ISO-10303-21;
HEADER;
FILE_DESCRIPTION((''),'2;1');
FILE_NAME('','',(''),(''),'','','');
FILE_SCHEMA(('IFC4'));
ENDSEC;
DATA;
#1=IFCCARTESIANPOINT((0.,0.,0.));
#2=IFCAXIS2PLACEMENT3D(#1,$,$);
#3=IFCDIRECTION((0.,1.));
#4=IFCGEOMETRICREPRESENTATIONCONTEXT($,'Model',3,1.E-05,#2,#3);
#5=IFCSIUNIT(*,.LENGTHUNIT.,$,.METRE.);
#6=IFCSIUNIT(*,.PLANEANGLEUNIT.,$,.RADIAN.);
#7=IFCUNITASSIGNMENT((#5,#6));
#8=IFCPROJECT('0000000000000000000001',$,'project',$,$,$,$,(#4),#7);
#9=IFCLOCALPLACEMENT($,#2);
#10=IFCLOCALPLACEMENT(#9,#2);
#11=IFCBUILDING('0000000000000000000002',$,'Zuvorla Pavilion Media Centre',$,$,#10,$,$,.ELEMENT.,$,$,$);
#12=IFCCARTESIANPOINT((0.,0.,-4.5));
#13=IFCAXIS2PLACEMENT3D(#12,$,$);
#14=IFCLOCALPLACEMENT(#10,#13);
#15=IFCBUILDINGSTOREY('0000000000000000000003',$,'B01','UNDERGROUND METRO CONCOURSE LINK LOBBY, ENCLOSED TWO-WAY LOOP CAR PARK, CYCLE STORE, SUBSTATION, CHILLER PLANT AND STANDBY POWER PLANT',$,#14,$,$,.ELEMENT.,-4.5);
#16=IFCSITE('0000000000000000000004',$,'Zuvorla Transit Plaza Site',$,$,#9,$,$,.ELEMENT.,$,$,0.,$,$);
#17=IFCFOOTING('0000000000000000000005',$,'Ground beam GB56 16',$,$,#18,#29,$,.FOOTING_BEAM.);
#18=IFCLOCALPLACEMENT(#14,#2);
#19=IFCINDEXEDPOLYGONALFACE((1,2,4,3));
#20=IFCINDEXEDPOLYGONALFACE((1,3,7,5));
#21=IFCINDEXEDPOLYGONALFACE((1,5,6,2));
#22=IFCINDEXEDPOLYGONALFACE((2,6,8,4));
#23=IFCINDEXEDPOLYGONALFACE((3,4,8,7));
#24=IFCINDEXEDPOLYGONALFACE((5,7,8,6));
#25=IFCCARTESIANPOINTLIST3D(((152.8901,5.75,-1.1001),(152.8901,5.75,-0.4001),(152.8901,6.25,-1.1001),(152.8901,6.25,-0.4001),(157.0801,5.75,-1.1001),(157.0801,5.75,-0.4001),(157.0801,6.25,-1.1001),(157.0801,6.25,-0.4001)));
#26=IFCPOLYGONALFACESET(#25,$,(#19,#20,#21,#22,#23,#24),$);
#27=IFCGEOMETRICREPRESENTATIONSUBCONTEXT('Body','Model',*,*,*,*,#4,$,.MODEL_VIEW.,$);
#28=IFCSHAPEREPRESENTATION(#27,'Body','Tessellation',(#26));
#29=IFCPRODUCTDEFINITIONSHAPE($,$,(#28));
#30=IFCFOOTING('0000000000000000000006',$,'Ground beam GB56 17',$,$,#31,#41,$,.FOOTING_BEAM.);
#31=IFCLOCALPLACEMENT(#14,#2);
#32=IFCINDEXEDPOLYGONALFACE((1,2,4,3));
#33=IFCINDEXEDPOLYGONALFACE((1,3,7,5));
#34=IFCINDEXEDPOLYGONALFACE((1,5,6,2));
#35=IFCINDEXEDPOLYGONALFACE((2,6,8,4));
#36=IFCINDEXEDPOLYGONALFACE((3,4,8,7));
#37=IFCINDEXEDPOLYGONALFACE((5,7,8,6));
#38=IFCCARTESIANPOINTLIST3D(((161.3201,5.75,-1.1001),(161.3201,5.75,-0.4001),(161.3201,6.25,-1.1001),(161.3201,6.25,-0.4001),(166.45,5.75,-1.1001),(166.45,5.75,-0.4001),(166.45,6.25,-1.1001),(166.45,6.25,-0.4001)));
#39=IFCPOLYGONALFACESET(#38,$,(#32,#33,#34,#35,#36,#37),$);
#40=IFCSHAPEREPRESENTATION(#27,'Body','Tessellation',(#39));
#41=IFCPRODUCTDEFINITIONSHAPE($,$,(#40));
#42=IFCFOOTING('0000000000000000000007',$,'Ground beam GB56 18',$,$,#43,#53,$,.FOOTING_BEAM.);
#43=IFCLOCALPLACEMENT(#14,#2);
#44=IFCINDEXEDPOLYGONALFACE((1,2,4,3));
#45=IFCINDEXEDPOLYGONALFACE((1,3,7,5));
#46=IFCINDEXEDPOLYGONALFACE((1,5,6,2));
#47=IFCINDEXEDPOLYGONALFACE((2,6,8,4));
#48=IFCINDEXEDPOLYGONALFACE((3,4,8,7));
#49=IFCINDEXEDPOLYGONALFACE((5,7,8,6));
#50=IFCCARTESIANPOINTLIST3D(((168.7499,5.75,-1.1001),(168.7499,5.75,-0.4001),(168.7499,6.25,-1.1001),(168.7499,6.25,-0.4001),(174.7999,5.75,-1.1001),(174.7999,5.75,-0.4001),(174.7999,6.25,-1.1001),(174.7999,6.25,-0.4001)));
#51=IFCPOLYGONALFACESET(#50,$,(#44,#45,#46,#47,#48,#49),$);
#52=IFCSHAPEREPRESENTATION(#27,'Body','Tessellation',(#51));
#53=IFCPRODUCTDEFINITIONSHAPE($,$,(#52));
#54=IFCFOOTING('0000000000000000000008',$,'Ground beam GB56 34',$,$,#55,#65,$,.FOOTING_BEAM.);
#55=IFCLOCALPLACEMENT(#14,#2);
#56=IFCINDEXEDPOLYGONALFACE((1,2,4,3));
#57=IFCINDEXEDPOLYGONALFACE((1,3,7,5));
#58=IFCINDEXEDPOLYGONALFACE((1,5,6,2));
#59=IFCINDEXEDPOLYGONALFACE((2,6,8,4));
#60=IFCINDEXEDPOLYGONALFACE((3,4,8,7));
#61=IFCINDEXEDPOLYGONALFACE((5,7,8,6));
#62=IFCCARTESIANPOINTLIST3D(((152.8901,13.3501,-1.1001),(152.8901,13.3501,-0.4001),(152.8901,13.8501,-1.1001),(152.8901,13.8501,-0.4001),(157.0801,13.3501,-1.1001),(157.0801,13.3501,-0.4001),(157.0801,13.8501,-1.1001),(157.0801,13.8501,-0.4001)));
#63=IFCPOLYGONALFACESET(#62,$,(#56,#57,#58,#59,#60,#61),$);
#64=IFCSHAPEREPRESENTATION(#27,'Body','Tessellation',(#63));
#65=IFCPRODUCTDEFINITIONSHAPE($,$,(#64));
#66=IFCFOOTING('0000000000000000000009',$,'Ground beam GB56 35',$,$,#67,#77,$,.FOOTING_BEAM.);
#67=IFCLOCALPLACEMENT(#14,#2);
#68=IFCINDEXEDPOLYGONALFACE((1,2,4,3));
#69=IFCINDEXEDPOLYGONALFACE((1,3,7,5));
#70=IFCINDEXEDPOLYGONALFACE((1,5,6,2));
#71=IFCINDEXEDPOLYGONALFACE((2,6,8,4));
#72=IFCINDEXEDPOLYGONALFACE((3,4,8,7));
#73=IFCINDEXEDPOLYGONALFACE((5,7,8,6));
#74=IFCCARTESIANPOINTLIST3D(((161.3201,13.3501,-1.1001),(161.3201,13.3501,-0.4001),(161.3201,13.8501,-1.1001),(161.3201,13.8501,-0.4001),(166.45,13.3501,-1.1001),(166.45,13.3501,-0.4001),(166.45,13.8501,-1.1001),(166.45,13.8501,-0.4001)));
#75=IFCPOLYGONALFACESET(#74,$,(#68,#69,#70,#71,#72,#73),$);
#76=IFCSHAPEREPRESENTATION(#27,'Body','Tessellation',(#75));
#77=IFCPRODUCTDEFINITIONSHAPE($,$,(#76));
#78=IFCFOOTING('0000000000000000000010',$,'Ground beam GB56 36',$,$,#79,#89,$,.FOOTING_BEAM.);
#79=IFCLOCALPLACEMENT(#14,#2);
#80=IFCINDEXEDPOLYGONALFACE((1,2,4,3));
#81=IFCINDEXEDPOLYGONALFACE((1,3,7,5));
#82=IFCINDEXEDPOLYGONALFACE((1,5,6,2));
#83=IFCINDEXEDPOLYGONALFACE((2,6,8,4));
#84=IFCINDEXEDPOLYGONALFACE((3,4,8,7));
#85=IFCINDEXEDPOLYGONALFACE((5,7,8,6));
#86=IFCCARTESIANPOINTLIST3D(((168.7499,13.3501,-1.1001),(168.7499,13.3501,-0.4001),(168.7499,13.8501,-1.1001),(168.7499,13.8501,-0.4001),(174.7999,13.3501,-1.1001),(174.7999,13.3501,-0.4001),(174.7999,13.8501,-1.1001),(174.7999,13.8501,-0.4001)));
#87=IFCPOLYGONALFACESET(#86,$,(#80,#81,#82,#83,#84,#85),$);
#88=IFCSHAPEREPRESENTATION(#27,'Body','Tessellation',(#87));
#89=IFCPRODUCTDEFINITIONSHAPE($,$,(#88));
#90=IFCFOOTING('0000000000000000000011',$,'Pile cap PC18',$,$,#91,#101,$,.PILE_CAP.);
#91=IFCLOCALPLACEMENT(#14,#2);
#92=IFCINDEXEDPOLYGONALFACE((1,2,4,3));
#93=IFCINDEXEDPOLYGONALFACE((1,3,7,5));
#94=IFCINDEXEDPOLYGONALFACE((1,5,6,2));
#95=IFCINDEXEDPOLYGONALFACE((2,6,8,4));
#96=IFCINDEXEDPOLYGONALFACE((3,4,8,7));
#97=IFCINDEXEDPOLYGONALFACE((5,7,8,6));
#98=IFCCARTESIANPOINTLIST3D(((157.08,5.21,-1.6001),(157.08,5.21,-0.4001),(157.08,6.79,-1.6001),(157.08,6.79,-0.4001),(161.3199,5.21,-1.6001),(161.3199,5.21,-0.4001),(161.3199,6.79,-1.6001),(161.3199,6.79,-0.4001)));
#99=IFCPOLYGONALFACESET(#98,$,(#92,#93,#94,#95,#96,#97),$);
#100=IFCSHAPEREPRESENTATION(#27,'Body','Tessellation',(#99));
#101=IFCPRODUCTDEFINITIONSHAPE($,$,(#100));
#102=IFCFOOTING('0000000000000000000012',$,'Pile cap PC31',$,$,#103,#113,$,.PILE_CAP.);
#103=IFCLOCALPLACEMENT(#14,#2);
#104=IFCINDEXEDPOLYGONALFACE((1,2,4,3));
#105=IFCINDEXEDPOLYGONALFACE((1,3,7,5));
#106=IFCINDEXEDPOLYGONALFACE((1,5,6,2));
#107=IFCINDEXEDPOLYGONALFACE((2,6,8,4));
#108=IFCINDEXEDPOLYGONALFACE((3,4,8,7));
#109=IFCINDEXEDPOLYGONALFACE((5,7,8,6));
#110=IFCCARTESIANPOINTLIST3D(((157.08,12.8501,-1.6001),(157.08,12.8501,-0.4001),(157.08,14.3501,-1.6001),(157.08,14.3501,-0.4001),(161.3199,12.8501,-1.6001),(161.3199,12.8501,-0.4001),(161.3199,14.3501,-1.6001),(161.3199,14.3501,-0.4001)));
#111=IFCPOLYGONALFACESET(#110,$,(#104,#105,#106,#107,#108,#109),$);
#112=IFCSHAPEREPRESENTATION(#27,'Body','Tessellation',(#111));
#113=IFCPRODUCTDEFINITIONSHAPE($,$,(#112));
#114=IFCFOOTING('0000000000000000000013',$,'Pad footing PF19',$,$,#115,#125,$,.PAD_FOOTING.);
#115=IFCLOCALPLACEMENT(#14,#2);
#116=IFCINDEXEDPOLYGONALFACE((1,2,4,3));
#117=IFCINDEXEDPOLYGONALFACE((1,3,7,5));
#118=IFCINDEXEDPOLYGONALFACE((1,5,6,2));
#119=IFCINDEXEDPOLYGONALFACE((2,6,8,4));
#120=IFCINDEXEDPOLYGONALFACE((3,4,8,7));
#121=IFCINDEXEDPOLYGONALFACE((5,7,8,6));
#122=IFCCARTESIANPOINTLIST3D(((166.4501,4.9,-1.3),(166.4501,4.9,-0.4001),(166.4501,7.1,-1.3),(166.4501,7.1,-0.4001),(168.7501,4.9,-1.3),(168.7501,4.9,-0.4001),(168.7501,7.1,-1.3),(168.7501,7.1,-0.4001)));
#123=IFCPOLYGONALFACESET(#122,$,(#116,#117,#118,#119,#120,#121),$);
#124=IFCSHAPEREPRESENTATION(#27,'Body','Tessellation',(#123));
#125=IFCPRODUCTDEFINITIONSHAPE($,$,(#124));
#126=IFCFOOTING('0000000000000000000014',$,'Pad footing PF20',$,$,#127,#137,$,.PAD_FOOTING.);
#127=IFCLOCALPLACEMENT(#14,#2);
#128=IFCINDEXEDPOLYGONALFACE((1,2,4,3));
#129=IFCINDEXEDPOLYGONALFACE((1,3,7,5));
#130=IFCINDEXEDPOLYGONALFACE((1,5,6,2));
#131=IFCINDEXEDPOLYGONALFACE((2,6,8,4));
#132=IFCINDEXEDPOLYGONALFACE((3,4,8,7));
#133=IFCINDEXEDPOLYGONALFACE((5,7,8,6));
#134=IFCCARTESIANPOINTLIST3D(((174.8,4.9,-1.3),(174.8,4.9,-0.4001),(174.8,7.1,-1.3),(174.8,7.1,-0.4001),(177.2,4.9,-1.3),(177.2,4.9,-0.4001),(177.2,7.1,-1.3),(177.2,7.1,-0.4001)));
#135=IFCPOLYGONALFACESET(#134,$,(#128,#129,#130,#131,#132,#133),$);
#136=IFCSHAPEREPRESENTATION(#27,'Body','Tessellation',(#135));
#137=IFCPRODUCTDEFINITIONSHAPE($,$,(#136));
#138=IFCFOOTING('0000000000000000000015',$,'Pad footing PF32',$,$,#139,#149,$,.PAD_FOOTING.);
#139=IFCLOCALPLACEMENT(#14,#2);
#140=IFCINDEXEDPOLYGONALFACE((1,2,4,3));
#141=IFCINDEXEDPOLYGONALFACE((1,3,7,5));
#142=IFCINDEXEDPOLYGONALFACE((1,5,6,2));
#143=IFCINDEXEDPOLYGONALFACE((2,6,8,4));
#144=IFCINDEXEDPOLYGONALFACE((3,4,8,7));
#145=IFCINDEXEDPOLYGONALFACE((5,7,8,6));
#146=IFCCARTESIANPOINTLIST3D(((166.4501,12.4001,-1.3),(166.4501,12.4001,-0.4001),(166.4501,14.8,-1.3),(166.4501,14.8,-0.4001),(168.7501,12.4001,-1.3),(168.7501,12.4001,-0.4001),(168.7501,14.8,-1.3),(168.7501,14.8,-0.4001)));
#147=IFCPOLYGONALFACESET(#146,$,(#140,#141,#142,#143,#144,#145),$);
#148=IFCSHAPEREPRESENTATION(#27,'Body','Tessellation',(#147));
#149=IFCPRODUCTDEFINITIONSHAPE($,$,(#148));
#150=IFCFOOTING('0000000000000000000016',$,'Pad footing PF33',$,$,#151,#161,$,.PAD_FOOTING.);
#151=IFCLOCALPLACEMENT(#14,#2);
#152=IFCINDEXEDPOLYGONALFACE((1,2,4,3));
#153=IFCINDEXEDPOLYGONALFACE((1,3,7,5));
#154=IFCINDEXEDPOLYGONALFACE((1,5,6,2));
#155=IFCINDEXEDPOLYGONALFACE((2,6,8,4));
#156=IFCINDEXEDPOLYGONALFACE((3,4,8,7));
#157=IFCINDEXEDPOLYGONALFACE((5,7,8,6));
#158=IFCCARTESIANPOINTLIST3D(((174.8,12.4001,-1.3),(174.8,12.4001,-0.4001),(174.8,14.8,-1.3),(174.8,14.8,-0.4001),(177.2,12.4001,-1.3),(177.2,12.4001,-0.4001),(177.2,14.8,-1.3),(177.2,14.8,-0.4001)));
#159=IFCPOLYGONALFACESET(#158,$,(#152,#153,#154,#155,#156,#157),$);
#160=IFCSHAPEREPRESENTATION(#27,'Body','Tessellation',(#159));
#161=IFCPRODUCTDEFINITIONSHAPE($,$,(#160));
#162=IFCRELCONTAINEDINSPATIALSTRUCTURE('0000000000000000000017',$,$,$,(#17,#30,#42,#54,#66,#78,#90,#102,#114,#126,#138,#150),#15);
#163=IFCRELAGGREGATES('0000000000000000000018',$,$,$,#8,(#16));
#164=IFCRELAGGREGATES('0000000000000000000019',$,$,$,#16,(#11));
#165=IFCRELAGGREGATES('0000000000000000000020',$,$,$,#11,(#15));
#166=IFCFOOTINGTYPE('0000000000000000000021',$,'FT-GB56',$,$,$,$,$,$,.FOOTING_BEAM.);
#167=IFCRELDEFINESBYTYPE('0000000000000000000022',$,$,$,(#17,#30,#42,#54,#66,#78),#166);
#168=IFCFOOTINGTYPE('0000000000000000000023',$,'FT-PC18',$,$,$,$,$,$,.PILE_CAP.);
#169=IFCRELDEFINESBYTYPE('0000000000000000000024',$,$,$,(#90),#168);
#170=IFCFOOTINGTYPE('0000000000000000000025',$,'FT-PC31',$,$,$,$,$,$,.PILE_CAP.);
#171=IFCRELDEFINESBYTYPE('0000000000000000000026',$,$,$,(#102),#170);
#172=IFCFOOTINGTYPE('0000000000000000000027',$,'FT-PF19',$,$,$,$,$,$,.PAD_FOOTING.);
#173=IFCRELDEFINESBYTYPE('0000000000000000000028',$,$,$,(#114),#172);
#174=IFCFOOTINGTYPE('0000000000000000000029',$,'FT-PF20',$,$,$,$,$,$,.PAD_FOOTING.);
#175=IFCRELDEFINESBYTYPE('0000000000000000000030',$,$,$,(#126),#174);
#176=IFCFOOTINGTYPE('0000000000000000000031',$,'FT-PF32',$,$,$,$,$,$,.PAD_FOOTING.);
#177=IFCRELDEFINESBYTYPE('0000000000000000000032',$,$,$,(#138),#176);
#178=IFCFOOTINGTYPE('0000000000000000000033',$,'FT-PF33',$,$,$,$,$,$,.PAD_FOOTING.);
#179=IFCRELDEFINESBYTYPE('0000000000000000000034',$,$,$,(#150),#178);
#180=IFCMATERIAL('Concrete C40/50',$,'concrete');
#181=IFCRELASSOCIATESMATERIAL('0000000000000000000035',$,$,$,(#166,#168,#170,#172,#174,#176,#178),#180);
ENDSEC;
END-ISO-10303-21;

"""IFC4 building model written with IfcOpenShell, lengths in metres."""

from ifc_helpers import new_model, si_unit, direction, frame, origin, origin_2d, place, context, subcontext, project, spatial, rectangle, extrude, material, type_object, element, save


model = new_model("IFC4")

# Units and contexts
model_context = context("Model", 3, precision=1e-05, world=origin(), true_north=direction((0.0, 1.0)))
body_context = subcontext(model_context, "Body", "Model", "MODEL_VIEW")
ifc_project = project(units=[si_unit("LENGTHUNIT", "METRE"), si_unit("PLANEANGLEUNIT", "RADIAN")], contexts=[model_context])

# Site, building, storey
site_placement = place(None, origin())
site = spatial("IfcSite", under=ifc_project, at=site_placement, Name="Zuvorla Transit Plaza Site", CompositionType="ELEMENT", RefElevation=0.0)
building_placement = place(site_placement, origin())
building = spatial("IfcBuilding", under=site, at=building_placement, Name="Zuvorla Pavilion Media Centre", CompositionType="ELEMENT")
storey_placement = place(building_placement, frame((0.0, 0.0, -4.5)))
storey = spatial("IfcBuildingStorey", under=building, at=storey_placement, Name="B01", Description="UNDERGROUND METRO CONCOURSE LINK LOBBY, ENCLOSED TWO-WAY LOOP CAR PARK, CYCLE STORE, SUBSTATION, CHILLER PLANT AND STANDBY POWER PLANT", CompositionType="ELEMENT", Elevation=-4.5)

# Footings
ifc_material = material(Name="Concrete C40/50", Category="concrete")
footing_type_1 = type_object("IfcFootingType", Name="FT-GB56", PredefinedType="FOOTING_BEAM", material=ifc_material)
footing_1_placement = place(storey_placement, frame((154.9851, 6.0, -1.1001), z_axis=(0.0, 0.0, 1.0), x_axis=(1.0, 0.0, 0.0)))
element("IfcFooting", 1, at=footing_1_placement, inside=storey, type_object=footing_type_1, Name="Ground beam GB56 16", PredefinedType="FOOTING_BEAM", context=body_context, shape_type="SweptSolid", body=[
    extrude(rectangle(XDim=4.1899, YDim=0.5, at=origin_2d()), origin(), (0.0, 0.0, 1.0), 0.7),
])
footing_2_placement = place(storey_placement, frame((163.885, 6.0, -1.1001), z_axis=(0.0, 0.0, 1.0), x_axis=(1.0, 0.0, 0.0)))
element("IfcFooting", 2, at=footing_2_placement, inside=storey, type_object=footing_type_1, Name="Ground beam GB56 17", PredefinedType="FOOTING_BEAM", context=body_context, shape_type="SweptSolid", body=[
    extrude(rectangle(XDim=5.1299, YDim=0.5, at=origin_2d()), origin(), (0.0, 0.0, 1.0), 0.7),
])
footing_3_placement = place(storey_placement, frame((171.7749, 6.0, -1.1001), z_axis=(0.0, 0.0, 1.0), x_axis=(1.0, 0.0, 0.0)))
element("IfcFooting", 3, at=footing_3_placement, inside=storey, type_object=footing_type_1, Name="Ground beam GB56 18", PredefinedType="FOOTING_BEAM", context=body_context, shape_type="SweptSolid", body=[
    extrude(rectangle(XDim=6.05, YDim=0.5, at=origin_2d()), origin(), (0.0, 0.0, 1.0), 0.7),
])
footing_4_placement = place(storey_placement, frame((154.9851, 13.6001, -1.1001), z_axis=(0.0, 0.0, 1.0), x_axis=(1.0, 0.0, 0.0)))
element("IfcFooting", 4, at=footing_4_placement, inside=storey, type_object=footing_type_1, Name="Ground beam GB56 34", PredefinedType="FOOTING_BEAM", context=body_context, shape_type="SweptSolid", body=[
    extrude(rectangle(XDim=4.1899, YDim=0.5, at=origin_2d()), origin(), (0.0, 0.0, 1.0), 0.7),
])
footing_5_placement = place(storey_placement, frame((163.885, 13.6001, -1.1001), z_axis=(0.0, 0.0, 1.0), x_axis=(1.0, 0.0, 0.0)))
element("IfcFooting", 5, at=footing_5_placement, inside=storey, type_object=footing_type_1, Name="Ground beam GB56 35", PredefinedType="FOOTING_BEAM", context=body_context, shape_type="SweptSolid", body=[
    extrude(rectangle(XDim=5.1299, YDim=0.5, at=origin_2d()), origin(), (0.0, 0.0, 1.0), 0.7),
])
footing_6_placement = place(storey_placement, frame((171.7749, 13.6001, -1.1001), z_axis=(0.0, 0.0, 1.0), x_axis=(1.0, 0.0, 0.0)))
element("IfcFooting", 6, at=footing_6_placement, inside=storey, type_object=footing_type_1, Name="Ground beam GB56 36", PredefinedType="FOOTING_BEAM", context=body_context, shape_type="SweptSolid", body=[
    extrude(rectangle(XDim=6.05, YDim=0.5, at=origin_2d()), origin(), (0.0, 0.0, 1.0), 0.7),
])
footing_type_2 = type_object("IfcFootingType", Name="FT-PC18", PredefinedType="PILE_CAP", material=ifc_material)
footing_7_placement = place(storey_placement, frame((159.2, 6.0, -1.6001), z_axis=(0.0, 0.0, 1.0), x_axis=(1.0, 0.0, 0.0)))
element("IfcFooting", 7, at=footing_7_placement, inside=storey, type_object=footing_type_2, Name="Pile cap PC18", PredefinedType="PILE_CAP", context=body_context, shape_type="SweptSolid", body=[
    extrude(rectangle(XDim=4.24, YDim=1.5801, at=origin_2d()), origin(), (0.0, 0.0, 1.0), 1.2),
])
footing_type_3 = type_object("IfcFootingType", Name="FT-PC31", PredefinedType="PILE_CAP", material=ifc_material)
footing_8_placement = place(storey_placement, frame((159.2, 13.6001, -1.6001), z_axis=(0.0, 0.0, 1.0), x_axis=(1.0, 0.0, 0.0)))
element("IfcFooting", 8, at=footing_8_placement, inside=storey, type_object=footing_type_3, Name="Pile cap PC31", PredefinedType="PILE_CAP", context=body_context, shape_type="SweptSolid", body=[
    extrude(rectangle(XDim=4.24, YDim=1.5, at=origin_2d()), origin(), (0.0, 0.0, 1.0), 1.2),
])
footing_type_4 = type_object("IfcFootingType", Name="FT-PF19", PredefinedType="PAD_FOOTING", material=ifc_material)
footing_9_placement = place(storey_placement, frame((167.6001, 6.0, -1.3), z_axis=(0.0, 0.0, 1.0), x_axis=(1.0, 0.0, 0.0)))
element("IfcFooting", 9, at=footing_9_placement, inside=storey, type_object=footing_type_4, Name="Pad footing PF19", PredefinedType="PAD_FOOTING", context=body_context, shape_type="SweptSolid", body=[
    extrude(rectangle(XDim=2.3, YDim=2.2, at=origin_2d()), origin(), (0.0, 0.0, 1.0), 0.8999),
])
footing_type_5 = type_object("IfcFootingType", Name="FT-PF20", PredefinedType="PAD_FOOTING", material=ifc_material)
footing_10_placement = place(storey_placement, frame((176.0, 6.0, -1.3), z_axis=(0.0, 0.0, 1.0), x_axis=(1.0, 0.0, 0.0)))
element("IfcFooting", 10, at=footing_10_placement, inside=storey, type_object=footing_type_5, Name="Pad footing PF20", PredefinedType="PAD_FOOTING", context=body_context, shape_type="SweptSolid", body=[
    extrude(rectangle(XDim=2.3999, YDim=2.2, at=origin_2d()), origin(), (0.0, 0.0, 1.0), 0.8999),
])
footing_type_6 = type_object("IfcFootingType", Name="FT-PF32", PredefinedType="PAD_FOOTING", material=ifc_material)
footing_11_placement = place(storey_placement, frame((167.6001, 13.6001, -1.3), z_axis=(0.0, 0.0, 1.0), x_axis=(1.0, 0.0, 0.0)))
element("IfcFooting", 11, at=footing_11_placement, inside=storey, type_object=footing_type_6, Name="Pad footing PF32", PredefinedType="PAD_FOOTING", context=body_context, shape_type="SweptSolid", body=[
    extrude(rectangle(XDim=2.3, YDim=2.3999, at=origin_2d()), origin(), (0.0, 0.0, 1.0), 0.8999),
])
footing_type_7 = type_object("IfcFootingType", Name="FT-PF33", PredefinedType="PAD_FOOTING", material=ifc_material)
footing_12_placement = place(storey_placement, frame((176.0, 13.6001, -1.3), z_axis=(0.0, 0.0, 1.0), x_axis=(1.0, 0.0, 0.0)))
element("IfcFooting", 12, at=footing_12_placement, inside=storey, type_object=footing_type_7, Name="Pad footing PF33", PredefinedType="PAD_FOOTING", context=body_context, shape_type="SweptSolid", body=[
    extrude(rectangle(XDim=2.3999, YDim=2.3999, at=origin_2d()), origin(), (0.0, 0.0, 1.0), 0.8999),
])

save(model, "model.ifc")
